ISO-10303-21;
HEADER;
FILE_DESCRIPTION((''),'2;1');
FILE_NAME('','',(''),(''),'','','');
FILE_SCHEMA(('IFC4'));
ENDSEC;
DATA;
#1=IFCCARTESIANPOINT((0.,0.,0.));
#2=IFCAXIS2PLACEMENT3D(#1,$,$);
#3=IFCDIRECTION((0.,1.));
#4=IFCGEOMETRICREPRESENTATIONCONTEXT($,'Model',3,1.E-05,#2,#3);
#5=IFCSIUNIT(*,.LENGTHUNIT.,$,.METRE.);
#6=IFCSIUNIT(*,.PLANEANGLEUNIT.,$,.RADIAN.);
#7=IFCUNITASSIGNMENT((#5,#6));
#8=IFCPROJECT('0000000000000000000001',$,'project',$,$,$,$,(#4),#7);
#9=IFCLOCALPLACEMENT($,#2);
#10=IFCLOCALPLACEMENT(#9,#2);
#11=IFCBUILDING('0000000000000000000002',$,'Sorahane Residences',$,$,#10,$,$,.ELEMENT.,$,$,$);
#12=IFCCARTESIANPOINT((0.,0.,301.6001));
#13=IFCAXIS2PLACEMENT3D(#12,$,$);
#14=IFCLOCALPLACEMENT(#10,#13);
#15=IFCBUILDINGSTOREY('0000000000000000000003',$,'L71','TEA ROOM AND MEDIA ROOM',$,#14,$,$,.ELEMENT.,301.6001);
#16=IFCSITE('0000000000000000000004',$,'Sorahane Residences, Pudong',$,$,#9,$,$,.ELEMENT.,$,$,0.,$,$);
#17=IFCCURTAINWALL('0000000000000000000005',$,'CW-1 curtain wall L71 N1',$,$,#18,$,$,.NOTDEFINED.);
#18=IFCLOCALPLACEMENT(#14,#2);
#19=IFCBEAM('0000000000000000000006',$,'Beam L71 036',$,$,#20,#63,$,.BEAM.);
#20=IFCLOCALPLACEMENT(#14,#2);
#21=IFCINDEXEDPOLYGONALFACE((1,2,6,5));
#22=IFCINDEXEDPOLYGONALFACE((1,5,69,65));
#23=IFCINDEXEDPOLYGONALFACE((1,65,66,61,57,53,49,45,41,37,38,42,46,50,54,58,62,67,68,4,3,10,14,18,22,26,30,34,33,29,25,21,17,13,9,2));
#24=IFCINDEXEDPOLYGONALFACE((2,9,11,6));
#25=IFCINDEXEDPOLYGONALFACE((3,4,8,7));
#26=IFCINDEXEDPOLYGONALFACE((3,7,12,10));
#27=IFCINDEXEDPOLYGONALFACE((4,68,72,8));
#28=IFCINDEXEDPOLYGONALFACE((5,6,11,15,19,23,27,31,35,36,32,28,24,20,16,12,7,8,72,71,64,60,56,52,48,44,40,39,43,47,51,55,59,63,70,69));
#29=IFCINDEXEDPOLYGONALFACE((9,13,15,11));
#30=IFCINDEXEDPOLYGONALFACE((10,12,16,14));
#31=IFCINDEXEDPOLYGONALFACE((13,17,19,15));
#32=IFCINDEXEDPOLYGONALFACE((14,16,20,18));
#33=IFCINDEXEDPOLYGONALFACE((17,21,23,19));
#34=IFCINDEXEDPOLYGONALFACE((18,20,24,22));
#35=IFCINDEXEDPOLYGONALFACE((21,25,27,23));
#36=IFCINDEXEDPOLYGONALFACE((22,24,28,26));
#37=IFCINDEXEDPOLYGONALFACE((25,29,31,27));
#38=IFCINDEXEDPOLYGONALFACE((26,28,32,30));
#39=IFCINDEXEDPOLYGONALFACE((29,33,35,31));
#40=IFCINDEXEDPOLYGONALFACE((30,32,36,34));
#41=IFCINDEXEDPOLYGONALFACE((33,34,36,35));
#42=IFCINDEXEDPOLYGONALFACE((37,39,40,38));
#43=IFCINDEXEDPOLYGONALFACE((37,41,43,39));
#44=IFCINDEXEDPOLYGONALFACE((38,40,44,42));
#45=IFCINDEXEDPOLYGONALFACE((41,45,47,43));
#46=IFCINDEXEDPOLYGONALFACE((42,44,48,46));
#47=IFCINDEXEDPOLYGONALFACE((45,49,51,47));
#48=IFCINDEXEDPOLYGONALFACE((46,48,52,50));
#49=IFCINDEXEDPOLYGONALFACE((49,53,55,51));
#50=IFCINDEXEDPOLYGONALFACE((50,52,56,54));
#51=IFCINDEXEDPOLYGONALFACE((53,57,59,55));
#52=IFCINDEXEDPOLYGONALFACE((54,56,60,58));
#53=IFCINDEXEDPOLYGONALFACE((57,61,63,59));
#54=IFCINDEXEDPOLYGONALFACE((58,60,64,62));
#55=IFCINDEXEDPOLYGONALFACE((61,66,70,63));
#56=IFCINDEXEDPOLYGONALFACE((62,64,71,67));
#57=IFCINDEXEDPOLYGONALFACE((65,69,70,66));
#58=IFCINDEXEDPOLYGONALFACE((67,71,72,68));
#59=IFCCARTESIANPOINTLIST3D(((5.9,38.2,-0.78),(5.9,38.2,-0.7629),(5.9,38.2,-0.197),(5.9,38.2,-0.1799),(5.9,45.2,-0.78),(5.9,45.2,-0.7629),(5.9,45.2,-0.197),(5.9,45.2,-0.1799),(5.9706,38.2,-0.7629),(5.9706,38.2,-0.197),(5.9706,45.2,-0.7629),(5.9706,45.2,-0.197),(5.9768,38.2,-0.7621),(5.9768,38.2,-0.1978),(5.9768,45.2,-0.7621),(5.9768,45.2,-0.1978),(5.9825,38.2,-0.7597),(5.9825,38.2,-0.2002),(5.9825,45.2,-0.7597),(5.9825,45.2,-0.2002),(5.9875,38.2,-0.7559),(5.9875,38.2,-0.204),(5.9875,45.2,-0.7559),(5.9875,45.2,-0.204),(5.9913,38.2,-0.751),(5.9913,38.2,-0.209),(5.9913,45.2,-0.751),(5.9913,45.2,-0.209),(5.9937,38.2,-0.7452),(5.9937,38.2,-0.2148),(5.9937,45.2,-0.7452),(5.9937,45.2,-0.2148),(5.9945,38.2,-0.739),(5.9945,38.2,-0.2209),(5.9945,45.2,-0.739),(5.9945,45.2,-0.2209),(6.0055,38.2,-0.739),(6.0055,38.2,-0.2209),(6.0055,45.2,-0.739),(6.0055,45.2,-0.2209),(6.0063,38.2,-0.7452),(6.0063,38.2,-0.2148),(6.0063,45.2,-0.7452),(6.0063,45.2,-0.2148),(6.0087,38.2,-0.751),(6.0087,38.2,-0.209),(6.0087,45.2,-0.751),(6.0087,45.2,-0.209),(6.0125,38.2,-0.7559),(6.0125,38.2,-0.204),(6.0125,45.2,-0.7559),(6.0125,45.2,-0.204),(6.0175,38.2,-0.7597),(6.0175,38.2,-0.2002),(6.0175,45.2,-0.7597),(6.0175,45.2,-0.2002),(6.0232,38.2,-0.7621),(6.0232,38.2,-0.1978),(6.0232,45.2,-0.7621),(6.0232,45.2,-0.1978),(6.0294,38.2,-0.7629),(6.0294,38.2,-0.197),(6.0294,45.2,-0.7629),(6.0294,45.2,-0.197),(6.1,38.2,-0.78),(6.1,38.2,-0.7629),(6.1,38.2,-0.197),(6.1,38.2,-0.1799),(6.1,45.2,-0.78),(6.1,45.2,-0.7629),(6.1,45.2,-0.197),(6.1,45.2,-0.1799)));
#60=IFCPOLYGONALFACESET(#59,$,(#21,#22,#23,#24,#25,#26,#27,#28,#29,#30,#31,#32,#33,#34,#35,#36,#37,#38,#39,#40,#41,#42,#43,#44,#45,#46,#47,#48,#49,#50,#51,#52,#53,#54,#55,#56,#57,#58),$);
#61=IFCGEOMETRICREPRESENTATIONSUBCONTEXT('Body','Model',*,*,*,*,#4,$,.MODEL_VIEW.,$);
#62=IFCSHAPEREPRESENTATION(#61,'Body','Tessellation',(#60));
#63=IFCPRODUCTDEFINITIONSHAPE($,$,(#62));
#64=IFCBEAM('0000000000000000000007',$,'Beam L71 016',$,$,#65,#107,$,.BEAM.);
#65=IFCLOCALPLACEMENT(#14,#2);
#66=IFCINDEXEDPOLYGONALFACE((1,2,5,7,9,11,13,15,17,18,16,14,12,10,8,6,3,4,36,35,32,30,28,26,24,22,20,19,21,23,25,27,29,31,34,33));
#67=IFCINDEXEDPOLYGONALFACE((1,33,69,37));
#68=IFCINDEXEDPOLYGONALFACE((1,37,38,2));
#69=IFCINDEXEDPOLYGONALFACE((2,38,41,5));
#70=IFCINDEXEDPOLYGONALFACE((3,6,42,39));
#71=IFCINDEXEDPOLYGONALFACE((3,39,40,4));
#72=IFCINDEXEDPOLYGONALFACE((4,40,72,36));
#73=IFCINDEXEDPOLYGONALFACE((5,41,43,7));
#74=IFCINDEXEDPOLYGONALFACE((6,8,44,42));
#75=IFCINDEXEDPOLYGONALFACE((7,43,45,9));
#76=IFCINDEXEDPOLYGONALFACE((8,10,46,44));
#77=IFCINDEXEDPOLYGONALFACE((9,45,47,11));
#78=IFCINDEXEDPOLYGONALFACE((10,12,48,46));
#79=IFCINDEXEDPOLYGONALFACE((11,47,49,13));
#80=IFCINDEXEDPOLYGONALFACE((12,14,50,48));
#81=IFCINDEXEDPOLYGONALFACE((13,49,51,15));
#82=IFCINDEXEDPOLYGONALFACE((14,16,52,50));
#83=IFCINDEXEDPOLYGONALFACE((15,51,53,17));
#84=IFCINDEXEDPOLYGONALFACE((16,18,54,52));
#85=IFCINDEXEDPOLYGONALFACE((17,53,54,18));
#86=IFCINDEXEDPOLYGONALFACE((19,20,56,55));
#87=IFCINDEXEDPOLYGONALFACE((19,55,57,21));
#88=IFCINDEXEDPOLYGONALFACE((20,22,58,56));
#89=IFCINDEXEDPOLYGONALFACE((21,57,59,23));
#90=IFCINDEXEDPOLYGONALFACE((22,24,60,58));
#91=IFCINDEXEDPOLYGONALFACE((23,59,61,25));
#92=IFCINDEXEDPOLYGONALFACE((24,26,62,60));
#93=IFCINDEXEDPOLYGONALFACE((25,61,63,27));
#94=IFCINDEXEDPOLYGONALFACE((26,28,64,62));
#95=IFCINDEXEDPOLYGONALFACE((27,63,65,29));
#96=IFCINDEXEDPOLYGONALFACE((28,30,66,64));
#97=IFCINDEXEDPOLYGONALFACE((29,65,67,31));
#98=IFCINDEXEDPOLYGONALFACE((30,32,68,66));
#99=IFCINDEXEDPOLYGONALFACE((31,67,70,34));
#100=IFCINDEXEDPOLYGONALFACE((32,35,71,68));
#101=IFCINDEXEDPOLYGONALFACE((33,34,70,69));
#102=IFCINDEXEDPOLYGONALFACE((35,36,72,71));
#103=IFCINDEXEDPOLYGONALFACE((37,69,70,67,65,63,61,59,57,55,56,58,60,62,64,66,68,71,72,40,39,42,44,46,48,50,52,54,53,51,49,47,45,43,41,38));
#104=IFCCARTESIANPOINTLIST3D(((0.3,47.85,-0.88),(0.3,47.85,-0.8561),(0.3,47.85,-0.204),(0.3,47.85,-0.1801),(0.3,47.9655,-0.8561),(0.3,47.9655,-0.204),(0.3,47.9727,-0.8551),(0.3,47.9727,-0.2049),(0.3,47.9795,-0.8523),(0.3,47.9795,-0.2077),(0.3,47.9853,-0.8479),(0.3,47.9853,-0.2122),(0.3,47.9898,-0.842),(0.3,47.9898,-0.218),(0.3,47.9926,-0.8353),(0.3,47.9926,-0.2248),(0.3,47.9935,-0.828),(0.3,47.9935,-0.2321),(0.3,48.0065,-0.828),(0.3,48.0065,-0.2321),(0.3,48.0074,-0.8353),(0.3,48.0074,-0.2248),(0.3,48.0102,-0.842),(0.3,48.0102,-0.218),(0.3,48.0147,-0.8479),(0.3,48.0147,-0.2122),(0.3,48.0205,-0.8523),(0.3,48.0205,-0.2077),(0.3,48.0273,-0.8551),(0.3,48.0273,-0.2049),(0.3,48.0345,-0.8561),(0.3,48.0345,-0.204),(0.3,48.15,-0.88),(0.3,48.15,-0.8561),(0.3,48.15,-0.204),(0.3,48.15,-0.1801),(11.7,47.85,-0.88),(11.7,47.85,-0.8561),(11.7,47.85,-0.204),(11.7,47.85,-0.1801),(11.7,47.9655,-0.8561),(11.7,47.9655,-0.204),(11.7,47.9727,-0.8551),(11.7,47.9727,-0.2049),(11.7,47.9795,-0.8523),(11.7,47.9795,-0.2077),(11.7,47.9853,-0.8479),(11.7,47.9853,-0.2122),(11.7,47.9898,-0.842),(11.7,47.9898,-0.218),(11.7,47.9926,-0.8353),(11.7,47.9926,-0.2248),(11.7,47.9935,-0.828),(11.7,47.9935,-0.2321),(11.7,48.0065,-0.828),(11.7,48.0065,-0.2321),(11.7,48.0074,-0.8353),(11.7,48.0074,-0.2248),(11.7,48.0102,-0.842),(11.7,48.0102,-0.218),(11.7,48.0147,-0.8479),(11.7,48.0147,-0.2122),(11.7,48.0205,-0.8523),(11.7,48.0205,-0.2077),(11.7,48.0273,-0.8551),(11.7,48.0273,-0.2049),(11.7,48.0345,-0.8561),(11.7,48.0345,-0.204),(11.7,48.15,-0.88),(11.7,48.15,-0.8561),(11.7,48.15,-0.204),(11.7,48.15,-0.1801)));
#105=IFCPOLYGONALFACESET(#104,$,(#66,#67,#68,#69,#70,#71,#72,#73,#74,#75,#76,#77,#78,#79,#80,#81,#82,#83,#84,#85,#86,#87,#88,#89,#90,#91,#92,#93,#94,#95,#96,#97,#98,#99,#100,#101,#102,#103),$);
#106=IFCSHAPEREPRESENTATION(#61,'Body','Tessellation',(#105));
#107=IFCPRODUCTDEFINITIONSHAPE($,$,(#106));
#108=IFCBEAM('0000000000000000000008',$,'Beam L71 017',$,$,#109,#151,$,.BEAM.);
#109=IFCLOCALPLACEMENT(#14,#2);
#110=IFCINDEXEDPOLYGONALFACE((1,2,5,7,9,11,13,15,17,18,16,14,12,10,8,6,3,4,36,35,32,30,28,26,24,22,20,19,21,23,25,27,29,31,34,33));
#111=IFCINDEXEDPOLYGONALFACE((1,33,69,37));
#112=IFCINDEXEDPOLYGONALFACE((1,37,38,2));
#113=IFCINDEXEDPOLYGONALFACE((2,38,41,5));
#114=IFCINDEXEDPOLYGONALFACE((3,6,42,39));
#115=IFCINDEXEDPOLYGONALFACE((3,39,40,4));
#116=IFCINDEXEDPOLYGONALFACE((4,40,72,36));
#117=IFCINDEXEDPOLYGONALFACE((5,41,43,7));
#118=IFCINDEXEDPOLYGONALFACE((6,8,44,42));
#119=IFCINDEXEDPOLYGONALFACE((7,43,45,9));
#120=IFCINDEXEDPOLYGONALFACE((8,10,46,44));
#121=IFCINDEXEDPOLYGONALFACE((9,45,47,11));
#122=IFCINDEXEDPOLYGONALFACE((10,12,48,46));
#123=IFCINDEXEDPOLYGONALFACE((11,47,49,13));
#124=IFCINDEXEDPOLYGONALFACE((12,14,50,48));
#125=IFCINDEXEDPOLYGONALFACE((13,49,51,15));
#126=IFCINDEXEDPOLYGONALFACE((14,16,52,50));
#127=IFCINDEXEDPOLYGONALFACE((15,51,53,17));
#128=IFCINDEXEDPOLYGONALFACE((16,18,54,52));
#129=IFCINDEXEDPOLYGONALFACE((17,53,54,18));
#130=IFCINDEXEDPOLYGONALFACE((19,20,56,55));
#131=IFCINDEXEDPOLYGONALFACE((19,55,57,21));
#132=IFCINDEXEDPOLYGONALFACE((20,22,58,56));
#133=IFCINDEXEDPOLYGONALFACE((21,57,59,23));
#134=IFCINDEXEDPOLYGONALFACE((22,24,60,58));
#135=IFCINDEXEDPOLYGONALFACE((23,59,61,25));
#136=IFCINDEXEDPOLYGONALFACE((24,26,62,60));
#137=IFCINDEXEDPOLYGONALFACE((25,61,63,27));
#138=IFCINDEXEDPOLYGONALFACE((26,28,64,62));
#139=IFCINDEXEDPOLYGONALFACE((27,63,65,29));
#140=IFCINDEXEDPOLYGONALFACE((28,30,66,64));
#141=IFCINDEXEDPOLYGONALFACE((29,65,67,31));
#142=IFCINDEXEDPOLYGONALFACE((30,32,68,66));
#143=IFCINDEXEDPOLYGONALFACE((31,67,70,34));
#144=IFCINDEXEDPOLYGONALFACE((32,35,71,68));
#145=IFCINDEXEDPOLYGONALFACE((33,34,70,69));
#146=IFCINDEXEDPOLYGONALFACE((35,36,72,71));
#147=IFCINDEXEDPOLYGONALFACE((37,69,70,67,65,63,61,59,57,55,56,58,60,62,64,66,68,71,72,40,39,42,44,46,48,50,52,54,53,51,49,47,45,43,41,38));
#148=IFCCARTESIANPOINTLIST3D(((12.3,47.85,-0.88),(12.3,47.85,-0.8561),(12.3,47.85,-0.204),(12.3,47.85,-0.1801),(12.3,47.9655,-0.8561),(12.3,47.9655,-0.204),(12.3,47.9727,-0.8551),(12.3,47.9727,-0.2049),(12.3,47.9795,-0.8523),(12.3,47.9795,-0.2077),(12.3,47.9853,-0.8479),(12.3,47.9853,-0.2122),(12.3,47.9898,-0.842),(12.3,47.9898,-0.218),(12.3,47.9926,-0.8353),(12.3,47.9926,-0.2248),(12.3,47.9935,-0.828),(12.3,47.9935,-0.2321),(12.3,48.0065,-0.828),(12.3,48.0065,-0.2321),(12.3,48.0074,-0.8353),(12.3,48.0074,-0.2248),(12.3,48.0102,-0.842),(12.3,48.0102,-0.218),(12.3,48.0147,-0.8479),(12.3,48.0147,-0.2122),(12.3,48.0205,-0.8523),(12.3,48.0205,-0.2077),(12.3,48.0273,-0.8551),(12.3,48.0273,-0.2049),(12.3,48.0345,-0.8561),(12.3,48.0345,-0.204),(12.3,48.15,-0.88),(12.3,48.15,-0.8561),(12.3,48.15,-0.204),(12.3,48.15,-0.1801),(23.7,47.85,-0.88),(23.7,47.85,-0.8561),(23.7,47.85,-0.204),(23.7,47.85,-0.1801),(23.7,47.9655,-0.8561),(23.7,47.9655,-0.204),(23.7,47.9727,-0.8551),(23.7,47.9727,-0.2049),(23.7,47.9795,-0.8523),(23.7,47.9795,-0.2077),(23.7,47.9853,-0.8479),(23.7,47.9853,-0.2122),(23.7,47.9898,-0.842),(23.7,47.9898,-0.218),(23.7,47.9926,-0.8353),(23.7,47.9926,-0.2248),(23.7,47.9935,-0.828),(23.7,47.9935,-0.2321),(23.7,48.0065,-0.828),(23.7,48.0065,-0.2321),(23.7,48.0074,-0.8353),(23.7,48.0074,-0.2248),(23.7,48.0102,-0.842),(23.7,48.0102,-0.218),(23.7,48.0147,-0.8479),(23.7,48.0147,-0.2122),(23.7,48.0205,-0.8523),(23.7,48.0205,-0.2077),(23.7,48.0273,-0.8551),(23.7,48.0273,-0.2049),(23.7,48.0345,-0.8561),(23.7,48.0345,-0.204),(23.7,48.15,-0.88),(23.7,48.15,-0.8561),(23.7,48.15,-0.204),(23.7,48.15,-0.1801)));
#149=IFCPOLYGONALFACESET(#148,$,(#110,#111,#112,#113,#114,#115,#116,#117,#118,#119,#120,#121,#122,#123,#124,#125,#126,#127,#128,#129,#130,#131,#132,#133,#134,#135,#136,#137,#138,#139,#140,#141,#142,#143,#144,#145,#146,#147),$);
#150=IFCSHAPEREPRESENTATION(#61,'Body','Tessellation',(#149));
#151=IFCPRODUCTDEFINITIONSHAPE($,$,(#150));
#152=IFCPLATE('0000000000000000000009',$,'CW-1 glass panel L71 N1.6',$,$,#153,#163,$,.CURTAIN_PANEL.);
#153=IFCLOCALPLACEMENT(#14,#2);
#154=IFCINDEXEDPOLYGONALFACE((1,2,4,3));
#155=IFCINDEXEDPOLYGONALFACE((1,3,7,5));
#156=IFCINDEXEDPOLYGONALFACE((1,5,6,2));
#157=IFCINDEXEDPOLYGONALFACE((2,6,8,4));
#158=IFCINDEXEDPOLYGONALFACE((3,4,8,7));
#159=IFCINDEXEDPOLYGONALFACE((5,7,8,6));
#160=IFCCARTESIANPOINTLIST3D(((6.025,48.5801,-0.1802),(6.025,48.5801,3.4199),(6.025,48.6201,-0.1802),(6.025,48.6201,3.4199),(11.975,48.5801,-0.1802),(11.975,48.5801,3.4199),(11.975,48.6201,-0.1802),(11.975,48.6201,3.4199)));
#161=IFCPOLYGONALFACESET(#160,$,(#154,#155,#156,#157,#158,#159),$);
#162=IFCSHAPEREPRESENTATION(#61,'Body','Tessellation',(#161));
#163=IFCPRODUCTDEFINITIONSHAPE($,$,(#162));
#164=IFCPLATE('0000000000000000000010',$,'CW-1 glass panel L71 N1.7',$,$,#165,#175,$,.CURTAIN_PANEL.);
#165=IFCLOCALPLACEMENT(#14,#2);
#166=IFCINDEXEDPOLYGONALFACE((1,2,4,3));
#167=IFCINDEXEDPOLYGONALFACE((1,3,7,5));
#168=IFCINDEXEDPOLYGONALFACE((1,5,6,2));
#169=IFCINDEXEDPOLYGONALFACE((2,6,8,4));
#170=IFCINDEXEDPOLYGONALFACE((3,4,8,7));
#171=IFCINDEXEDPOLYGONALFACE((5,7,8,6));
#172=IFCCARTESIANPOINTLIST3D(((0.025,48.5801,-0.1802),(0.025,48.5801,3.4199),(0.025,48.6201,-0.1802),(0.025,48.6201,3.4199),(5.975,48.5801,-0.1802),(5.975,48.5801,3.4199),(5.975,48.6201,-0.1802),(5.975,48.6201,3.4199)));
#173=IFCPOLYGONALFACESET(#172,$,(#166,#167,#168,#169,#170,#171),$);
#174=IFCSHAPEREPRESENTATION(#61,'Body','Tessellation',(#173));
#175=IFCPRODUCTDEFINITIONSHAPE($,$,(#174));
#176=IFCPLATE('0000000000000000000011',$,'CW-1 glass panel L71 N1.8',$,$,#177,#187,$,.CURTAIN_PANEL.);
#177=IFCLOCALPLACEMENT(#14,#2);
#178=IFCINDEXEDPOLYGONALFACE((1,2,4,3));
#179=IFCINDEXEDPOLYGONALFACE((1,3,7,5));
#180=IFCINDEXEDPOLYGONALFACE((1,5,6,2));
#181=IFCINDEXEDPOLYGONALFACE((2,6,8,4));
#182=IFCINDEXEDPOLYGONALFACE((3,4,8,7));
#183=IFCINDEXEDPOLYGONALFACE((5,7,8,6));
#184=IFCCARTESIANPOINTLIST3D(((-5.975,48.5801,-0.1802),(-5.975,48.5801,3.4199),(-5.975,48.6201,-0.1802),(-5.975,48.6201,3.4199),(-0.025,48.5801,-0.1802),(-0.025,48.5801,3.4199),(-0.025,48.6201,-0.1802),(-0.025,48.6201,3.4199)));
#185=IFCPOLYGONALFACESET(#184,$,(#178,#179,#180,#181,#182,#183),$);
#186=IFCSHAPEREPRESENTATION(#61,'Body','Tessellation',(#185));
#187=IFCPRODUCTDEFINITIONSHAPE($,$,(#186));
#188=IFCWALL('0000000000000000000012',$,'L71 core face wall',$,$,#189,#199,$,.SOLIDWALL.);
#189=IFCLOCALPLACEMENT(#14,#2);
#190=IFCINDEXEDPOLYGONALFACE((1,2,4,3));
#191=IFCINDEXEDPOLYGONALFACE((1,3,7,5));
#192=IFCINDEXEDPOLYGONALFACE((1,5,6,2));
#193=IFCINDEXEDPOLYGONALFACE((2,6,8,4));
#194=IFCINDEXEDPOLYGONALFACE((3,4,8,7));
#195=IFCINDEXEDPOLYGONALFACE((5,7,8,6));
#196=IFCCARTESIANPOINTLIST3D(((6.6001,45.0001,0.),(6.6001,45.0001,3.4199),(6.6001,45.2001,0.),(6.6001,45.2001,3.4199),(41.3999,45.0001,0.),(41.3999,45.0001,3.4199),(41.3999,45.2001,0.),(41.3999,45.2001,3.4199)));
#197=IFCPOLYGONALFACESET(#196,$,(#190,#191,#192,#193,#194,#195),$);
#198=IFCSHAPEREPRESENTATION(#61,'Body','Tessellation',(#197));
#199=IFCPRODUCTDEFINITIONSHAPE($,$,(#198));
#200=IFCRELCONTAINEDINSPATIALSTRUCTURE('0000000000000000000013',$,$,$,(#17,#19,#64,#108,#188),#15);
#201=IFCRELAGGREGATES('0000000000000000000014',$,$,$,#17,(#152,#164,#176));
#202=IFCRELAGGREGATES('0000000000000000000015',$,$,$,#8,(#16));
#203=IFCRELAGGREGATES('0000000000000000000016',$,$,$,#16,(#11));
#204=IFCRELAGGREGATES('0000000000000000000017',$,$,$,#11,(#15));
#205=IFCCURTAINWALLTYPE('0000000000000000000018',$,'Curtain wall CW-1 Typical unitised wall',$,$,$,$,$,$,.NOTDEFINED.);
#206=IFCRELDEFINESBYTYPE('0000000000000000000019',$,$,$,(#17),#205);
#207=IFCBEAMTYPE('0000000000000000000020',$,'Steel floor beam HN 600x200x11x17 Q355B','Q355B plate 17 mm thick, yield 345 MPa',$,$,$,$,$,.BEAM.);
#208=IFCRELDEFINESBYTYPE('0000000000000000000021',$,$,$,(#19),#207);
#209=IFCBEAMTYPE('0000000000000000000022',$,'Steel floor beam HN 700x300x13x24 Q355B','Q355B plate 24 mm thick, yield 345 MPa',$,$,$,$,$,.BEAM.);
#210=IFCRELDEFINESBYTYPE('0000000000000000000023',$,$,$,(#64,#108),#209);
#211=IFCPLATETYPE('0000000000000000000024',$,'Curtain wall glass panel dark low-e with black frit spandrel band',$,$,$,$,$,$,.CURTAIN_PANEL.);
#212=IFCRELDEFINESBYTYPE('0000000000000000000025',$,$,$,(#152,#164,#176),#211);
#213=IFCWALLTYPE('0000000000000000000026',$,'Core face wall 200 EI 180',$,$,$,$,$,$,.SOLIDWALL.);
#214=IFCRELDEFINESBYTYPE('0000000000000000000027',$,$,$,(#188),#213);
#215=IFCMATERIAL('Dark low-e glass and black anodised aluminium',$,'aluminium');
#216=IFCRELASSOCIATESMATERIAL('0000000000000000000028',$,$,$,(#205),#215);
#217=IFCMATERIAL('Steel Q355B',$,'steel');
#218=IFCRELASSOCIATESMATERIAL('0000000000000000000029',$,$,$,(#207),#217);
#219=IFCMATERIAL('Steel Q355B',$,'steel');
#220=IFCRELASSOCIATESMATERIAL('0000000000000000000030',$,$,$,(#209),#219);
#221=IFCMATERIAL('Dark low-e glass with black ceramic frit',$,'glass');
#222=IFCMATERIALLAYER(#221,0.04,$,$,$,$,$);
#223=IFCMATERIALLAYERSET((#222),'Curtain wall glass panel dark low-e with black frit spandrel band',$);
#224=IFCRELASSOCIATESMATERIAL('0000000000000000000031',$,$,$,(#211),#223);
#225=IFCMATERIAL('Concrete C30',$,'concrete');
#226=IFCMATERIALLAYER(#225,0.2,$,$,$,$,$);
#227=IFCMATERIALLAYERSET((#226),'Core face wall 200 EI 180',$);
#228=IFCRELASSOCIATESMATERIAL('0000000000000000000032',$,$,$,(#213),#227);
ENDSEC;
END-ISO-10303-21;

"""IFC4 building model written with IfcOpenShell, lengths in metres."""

from ifc_helpers import new_model, si_unit, direction, frame, frame_2d, origin, origin_2d, place, context, subcontext, project, spatial, rectangle, i_section, extrude, material, layer, layer_set, material_profile, profile_set, type_object, element, aggregate, save


model = new_model("IFC4")

# Units and contexts
model_context = context("Model", 3, precision=1e-05, world=origin(), true_north=direction((0.0, 1.0)))
body_context = subcontext(model_context, "Body", "Model", "MODEL_VIEW")
ifc_project = project(units=[si_unit("LENGTHUNIT", "METRE"), si_unit("PLANEANGLEUNIT", "RADIAN")], contexts=[model_context])

# Site, building, storey
site_placement = place(None, origin())
site = spatial("IfcSite", under=ifc_project, at=site_placement, Name="Sorahane Residences, Pudong", CompositionType="ELEMENT", RefElevation=0.0)
building_placement = place(site_placement, origin())
building = spatial("IfcBuilding", under=site, at=building_placement, Name="Sorahane Residences", CompositionType="ELEMENT")
storey_placement = place(building_placement, frame((0.0, 0.0, 301.6001)))
storey = spatial("IfcBuildingStorey", under=building, at=storey_placement, Name="L71", Description="TEA ROOM AND MEDIA ROOM", CompositionType="ELEMENT", Elevation=301.6001)

# Curtain wall
ifc_material_1 = material(Name="Dark low-e glass and black anodised aluminium", Category="aluminium")
curtain_wall_type = type_object("IfcCurtainWallType", Name="Curtain wall CW-1 Typical unitised wall", PredefinedType="NOTDEFINED", material=ifc_material_1)
curtain_wall_placement = place(storey_placement, origin())
curtain_wall = element("IfcCurtainWall", 1, at=curtain_wall_placement, inside=storey, type_object=curtain_wall_type, Name="CW-1 curtain wall L71 N1", PredefinedType="NOTDEFINED")

# Beams
ifc_material_2 = material(Name="Steel Q355B", Category="steel")
ifc_material_profile_1 = material_profile(ifc_material_2, i_section(OverallWidth=0.2, OverallDepth=0.6001, WebThickness=0.011, FlangeThickness=0.0171, FilletRadius=0.0239, at=origin_2d()), Name="HN 600x200x11x17")
ifc_profile_set_1 = profile_set([ifc_material_profile_1], Name="Steel Q355B")
beam_type_1 = type_object("IfcBeamType", Name="Steel floor beam HN 600x200x11x17 Q355B", Description="Q355B plate 17 mm thick, yield 345 MPa", PredefinedType="BEAM", material=ifc_profile_set_1)
beam_1_placement = place(storey_placement, frame((6.0, 38.2, -0.48), z_axis=(0.0, 1.0, 0.0), x_axis=(-1.0, 0.0, 0.0)))
element("IfcBeam", 2, at=beam_1_placement, inside=storey, type_object=beam_type_1, Name="Beam L71 036", PredefinedType="BEAM", context=body_context, shape_type="SweptSolid", body=[
    extrude(i_section(OverallWidth=0.2, OverallDepth=0.6001, WebThickness=0.011, FlangeThickness=0.0171, FilletRadius=0.0239, at=origin_2d()), origin(), (0.0, 0.0, 1.0), 7.0),
])
ifc_material_3 = material(Name="Steel Q355B", Category="steel")
ifc_material_profile_2 = material_profile(ifc_material_3, i_section(OverallWidth=0.3, OverallDepth=0.7, WebThickness=0.0129, FlangeThickness=0.0239, FilletRadius=0.0281, at=origin_2d()), Name="HN 700x300x13x24")
ifc_profile_set_2 = profile_set([ifc_material_profile_2], Name="Steel Q355B")
beam_type_2 = type_object("IfcBeamType", Name="Steel floor beam HN 700x300x13x24 Q355B", Description="Q355B plate 24 mm thick, yield 345 MPa", PredefinedType="BEAM", material=ifc_profile_set_2)
for number, where, z_axis, x_axis, name in (
    (3, (0.3, 48.0, -0.53), (1.0, 0.0, 0.0), (0.0, 1.0, 0.0), "Beam L71 016"),
    (4, (12.3, 48.0, -0.53), (1.0, 0.0, 0.0), (0.0, 1.0, 0.0), "Beam L71 017"),
):
    element("IfcBeam", number, at=place(storey_placement, frame(where, z_axis=z_axis, x_axis=x_axis)), inside=storey, type_object=beam_type_2, Name=name, PredefinedType="BEAM", context=body_context, shape_type="SweptSolid", body=[
        extrude(i_section(OverallWidth=0.3, OverallDepth=0.7, WebThickness=0.0129, FlangeThickness=0.0239, FilletRadius=0.0281, at=origin_2d()), origin(), (0.0, 0.0, 1.0), 11.3999),
    ])

# Plates
ifc_material_4 = material(Name="Dark low-e glass with black ceramic frit", Category="glass")
ifc_layer_1 = layer(ifc_material_4, 0.04)
ifc_layer_set_1 = layer_set([ifc_layer_1], Name="Curtain wall glass panel dark low-e with black frit spandrel band")
plate_type = type_object("IfcPlateType", Name="Curtain wall glass panel dark low-e with black frit spandrel band", PredefinedType="CURTAIN_PANEL", material=ifc_layer_set_1)
plate_1_placement = place(storey_placement, frame((9.0, 48.6001, -0.1802), z_axis=(0.0, 0.0, 1.0), x_axis=(-1.0, 0.0, 0.0)))
plate_1 = element("IfcPlate", 5, at=plate_1_placement, type_object=plate_type, Name="CW-1 glass panel L71 N1.6", PredefinedType="CURTAIN_PANEL", context=body_context, shape_type="SweptSolid", body=[
    extrude(rectangle(XDim=5.95, YDim=0.04, at=origin_2d()), origin(), (0.0, 0.0, 1.0), 3.6001),
])
plate_2_placement = place(storey_placement, frame((3.0, 48.6001, -0.1802), z_axis=(0.0, 0.0, 1.0), x_axis=(-1.0, 0.0, 0.0)))
plate_2 = element("IfcPlate", 6, at=plate_2_placement, type_object=plate_type, Name="CW-1 glass panel L71 N1.7", PredefinedType="CURTAIN_PANEL", context=body_context, shape_type="SweptSolid", body=[
    extrude(rectangle(XDim=5.95, YDim=0.04, at=origin_2d()), origin(), (0.0, 0.0, 1.0), 3.6001),
])
plate_3_placement = place(storey_placement, frame((-3.0, 48.6001, -0.1802), z_axis=(0.0, 0.0, 1.0), x_axis=(-1.0, 0.0, 0.0)))
plate_3 = element("IfcPlate", 7, at=plate_3_placement, type_object=plate_type, Name="CW-1 glass panel L71 N1.8", PredefinedType="CURTAIN_PANEL", context=body_context, shape_type="SweptSolid", body=[
    extrude(rectangle(XDim=5.95, YDim=0.04, at=origin_2d()), origin(), (0.0, 0.0, 1.0), 3.6001),
])
aggregate(curtain_wall, [plate_1, plate_2, plate_3])

# Wall
ifc_material_5 = material(Name="Concrete C30", Category="concrete")
ifc_layer_2 = layer(ifc_material_5, 0.2)
ifc_layer_set_2 = layer_set([ifc_layer_2], Name="Core face wall 200 EI 180")
wall_type_1 = type_object("IfcWallType", Name="Core face wall 200 EI 180", PredefinedType="SOLIDWALL", material=ifc_layer_set_2)
wall_1_placement = place(storey_placement, frame((6.6001, 45.1001, 0.0), z_axis=(0.0, 0.0, 1.0), x_axis=(1.0, 0.0, 0.0)))
element("IfcWall", 8, at=wall_1_placement, inside=storey, type_object=wall_type_1, Name="L71 core face wall", PredefinedType="SOLIDWALL", context=body_context, shape_type="SweptSolid", body=[
    extrude(rectangle(XDim=34.7998, YDim=0.2, at=frame_2d((17.3999, 0.0))), origin(), (0.0, 0.0, 1.0), 3.4199),
])

save(model, "model.ifc")
